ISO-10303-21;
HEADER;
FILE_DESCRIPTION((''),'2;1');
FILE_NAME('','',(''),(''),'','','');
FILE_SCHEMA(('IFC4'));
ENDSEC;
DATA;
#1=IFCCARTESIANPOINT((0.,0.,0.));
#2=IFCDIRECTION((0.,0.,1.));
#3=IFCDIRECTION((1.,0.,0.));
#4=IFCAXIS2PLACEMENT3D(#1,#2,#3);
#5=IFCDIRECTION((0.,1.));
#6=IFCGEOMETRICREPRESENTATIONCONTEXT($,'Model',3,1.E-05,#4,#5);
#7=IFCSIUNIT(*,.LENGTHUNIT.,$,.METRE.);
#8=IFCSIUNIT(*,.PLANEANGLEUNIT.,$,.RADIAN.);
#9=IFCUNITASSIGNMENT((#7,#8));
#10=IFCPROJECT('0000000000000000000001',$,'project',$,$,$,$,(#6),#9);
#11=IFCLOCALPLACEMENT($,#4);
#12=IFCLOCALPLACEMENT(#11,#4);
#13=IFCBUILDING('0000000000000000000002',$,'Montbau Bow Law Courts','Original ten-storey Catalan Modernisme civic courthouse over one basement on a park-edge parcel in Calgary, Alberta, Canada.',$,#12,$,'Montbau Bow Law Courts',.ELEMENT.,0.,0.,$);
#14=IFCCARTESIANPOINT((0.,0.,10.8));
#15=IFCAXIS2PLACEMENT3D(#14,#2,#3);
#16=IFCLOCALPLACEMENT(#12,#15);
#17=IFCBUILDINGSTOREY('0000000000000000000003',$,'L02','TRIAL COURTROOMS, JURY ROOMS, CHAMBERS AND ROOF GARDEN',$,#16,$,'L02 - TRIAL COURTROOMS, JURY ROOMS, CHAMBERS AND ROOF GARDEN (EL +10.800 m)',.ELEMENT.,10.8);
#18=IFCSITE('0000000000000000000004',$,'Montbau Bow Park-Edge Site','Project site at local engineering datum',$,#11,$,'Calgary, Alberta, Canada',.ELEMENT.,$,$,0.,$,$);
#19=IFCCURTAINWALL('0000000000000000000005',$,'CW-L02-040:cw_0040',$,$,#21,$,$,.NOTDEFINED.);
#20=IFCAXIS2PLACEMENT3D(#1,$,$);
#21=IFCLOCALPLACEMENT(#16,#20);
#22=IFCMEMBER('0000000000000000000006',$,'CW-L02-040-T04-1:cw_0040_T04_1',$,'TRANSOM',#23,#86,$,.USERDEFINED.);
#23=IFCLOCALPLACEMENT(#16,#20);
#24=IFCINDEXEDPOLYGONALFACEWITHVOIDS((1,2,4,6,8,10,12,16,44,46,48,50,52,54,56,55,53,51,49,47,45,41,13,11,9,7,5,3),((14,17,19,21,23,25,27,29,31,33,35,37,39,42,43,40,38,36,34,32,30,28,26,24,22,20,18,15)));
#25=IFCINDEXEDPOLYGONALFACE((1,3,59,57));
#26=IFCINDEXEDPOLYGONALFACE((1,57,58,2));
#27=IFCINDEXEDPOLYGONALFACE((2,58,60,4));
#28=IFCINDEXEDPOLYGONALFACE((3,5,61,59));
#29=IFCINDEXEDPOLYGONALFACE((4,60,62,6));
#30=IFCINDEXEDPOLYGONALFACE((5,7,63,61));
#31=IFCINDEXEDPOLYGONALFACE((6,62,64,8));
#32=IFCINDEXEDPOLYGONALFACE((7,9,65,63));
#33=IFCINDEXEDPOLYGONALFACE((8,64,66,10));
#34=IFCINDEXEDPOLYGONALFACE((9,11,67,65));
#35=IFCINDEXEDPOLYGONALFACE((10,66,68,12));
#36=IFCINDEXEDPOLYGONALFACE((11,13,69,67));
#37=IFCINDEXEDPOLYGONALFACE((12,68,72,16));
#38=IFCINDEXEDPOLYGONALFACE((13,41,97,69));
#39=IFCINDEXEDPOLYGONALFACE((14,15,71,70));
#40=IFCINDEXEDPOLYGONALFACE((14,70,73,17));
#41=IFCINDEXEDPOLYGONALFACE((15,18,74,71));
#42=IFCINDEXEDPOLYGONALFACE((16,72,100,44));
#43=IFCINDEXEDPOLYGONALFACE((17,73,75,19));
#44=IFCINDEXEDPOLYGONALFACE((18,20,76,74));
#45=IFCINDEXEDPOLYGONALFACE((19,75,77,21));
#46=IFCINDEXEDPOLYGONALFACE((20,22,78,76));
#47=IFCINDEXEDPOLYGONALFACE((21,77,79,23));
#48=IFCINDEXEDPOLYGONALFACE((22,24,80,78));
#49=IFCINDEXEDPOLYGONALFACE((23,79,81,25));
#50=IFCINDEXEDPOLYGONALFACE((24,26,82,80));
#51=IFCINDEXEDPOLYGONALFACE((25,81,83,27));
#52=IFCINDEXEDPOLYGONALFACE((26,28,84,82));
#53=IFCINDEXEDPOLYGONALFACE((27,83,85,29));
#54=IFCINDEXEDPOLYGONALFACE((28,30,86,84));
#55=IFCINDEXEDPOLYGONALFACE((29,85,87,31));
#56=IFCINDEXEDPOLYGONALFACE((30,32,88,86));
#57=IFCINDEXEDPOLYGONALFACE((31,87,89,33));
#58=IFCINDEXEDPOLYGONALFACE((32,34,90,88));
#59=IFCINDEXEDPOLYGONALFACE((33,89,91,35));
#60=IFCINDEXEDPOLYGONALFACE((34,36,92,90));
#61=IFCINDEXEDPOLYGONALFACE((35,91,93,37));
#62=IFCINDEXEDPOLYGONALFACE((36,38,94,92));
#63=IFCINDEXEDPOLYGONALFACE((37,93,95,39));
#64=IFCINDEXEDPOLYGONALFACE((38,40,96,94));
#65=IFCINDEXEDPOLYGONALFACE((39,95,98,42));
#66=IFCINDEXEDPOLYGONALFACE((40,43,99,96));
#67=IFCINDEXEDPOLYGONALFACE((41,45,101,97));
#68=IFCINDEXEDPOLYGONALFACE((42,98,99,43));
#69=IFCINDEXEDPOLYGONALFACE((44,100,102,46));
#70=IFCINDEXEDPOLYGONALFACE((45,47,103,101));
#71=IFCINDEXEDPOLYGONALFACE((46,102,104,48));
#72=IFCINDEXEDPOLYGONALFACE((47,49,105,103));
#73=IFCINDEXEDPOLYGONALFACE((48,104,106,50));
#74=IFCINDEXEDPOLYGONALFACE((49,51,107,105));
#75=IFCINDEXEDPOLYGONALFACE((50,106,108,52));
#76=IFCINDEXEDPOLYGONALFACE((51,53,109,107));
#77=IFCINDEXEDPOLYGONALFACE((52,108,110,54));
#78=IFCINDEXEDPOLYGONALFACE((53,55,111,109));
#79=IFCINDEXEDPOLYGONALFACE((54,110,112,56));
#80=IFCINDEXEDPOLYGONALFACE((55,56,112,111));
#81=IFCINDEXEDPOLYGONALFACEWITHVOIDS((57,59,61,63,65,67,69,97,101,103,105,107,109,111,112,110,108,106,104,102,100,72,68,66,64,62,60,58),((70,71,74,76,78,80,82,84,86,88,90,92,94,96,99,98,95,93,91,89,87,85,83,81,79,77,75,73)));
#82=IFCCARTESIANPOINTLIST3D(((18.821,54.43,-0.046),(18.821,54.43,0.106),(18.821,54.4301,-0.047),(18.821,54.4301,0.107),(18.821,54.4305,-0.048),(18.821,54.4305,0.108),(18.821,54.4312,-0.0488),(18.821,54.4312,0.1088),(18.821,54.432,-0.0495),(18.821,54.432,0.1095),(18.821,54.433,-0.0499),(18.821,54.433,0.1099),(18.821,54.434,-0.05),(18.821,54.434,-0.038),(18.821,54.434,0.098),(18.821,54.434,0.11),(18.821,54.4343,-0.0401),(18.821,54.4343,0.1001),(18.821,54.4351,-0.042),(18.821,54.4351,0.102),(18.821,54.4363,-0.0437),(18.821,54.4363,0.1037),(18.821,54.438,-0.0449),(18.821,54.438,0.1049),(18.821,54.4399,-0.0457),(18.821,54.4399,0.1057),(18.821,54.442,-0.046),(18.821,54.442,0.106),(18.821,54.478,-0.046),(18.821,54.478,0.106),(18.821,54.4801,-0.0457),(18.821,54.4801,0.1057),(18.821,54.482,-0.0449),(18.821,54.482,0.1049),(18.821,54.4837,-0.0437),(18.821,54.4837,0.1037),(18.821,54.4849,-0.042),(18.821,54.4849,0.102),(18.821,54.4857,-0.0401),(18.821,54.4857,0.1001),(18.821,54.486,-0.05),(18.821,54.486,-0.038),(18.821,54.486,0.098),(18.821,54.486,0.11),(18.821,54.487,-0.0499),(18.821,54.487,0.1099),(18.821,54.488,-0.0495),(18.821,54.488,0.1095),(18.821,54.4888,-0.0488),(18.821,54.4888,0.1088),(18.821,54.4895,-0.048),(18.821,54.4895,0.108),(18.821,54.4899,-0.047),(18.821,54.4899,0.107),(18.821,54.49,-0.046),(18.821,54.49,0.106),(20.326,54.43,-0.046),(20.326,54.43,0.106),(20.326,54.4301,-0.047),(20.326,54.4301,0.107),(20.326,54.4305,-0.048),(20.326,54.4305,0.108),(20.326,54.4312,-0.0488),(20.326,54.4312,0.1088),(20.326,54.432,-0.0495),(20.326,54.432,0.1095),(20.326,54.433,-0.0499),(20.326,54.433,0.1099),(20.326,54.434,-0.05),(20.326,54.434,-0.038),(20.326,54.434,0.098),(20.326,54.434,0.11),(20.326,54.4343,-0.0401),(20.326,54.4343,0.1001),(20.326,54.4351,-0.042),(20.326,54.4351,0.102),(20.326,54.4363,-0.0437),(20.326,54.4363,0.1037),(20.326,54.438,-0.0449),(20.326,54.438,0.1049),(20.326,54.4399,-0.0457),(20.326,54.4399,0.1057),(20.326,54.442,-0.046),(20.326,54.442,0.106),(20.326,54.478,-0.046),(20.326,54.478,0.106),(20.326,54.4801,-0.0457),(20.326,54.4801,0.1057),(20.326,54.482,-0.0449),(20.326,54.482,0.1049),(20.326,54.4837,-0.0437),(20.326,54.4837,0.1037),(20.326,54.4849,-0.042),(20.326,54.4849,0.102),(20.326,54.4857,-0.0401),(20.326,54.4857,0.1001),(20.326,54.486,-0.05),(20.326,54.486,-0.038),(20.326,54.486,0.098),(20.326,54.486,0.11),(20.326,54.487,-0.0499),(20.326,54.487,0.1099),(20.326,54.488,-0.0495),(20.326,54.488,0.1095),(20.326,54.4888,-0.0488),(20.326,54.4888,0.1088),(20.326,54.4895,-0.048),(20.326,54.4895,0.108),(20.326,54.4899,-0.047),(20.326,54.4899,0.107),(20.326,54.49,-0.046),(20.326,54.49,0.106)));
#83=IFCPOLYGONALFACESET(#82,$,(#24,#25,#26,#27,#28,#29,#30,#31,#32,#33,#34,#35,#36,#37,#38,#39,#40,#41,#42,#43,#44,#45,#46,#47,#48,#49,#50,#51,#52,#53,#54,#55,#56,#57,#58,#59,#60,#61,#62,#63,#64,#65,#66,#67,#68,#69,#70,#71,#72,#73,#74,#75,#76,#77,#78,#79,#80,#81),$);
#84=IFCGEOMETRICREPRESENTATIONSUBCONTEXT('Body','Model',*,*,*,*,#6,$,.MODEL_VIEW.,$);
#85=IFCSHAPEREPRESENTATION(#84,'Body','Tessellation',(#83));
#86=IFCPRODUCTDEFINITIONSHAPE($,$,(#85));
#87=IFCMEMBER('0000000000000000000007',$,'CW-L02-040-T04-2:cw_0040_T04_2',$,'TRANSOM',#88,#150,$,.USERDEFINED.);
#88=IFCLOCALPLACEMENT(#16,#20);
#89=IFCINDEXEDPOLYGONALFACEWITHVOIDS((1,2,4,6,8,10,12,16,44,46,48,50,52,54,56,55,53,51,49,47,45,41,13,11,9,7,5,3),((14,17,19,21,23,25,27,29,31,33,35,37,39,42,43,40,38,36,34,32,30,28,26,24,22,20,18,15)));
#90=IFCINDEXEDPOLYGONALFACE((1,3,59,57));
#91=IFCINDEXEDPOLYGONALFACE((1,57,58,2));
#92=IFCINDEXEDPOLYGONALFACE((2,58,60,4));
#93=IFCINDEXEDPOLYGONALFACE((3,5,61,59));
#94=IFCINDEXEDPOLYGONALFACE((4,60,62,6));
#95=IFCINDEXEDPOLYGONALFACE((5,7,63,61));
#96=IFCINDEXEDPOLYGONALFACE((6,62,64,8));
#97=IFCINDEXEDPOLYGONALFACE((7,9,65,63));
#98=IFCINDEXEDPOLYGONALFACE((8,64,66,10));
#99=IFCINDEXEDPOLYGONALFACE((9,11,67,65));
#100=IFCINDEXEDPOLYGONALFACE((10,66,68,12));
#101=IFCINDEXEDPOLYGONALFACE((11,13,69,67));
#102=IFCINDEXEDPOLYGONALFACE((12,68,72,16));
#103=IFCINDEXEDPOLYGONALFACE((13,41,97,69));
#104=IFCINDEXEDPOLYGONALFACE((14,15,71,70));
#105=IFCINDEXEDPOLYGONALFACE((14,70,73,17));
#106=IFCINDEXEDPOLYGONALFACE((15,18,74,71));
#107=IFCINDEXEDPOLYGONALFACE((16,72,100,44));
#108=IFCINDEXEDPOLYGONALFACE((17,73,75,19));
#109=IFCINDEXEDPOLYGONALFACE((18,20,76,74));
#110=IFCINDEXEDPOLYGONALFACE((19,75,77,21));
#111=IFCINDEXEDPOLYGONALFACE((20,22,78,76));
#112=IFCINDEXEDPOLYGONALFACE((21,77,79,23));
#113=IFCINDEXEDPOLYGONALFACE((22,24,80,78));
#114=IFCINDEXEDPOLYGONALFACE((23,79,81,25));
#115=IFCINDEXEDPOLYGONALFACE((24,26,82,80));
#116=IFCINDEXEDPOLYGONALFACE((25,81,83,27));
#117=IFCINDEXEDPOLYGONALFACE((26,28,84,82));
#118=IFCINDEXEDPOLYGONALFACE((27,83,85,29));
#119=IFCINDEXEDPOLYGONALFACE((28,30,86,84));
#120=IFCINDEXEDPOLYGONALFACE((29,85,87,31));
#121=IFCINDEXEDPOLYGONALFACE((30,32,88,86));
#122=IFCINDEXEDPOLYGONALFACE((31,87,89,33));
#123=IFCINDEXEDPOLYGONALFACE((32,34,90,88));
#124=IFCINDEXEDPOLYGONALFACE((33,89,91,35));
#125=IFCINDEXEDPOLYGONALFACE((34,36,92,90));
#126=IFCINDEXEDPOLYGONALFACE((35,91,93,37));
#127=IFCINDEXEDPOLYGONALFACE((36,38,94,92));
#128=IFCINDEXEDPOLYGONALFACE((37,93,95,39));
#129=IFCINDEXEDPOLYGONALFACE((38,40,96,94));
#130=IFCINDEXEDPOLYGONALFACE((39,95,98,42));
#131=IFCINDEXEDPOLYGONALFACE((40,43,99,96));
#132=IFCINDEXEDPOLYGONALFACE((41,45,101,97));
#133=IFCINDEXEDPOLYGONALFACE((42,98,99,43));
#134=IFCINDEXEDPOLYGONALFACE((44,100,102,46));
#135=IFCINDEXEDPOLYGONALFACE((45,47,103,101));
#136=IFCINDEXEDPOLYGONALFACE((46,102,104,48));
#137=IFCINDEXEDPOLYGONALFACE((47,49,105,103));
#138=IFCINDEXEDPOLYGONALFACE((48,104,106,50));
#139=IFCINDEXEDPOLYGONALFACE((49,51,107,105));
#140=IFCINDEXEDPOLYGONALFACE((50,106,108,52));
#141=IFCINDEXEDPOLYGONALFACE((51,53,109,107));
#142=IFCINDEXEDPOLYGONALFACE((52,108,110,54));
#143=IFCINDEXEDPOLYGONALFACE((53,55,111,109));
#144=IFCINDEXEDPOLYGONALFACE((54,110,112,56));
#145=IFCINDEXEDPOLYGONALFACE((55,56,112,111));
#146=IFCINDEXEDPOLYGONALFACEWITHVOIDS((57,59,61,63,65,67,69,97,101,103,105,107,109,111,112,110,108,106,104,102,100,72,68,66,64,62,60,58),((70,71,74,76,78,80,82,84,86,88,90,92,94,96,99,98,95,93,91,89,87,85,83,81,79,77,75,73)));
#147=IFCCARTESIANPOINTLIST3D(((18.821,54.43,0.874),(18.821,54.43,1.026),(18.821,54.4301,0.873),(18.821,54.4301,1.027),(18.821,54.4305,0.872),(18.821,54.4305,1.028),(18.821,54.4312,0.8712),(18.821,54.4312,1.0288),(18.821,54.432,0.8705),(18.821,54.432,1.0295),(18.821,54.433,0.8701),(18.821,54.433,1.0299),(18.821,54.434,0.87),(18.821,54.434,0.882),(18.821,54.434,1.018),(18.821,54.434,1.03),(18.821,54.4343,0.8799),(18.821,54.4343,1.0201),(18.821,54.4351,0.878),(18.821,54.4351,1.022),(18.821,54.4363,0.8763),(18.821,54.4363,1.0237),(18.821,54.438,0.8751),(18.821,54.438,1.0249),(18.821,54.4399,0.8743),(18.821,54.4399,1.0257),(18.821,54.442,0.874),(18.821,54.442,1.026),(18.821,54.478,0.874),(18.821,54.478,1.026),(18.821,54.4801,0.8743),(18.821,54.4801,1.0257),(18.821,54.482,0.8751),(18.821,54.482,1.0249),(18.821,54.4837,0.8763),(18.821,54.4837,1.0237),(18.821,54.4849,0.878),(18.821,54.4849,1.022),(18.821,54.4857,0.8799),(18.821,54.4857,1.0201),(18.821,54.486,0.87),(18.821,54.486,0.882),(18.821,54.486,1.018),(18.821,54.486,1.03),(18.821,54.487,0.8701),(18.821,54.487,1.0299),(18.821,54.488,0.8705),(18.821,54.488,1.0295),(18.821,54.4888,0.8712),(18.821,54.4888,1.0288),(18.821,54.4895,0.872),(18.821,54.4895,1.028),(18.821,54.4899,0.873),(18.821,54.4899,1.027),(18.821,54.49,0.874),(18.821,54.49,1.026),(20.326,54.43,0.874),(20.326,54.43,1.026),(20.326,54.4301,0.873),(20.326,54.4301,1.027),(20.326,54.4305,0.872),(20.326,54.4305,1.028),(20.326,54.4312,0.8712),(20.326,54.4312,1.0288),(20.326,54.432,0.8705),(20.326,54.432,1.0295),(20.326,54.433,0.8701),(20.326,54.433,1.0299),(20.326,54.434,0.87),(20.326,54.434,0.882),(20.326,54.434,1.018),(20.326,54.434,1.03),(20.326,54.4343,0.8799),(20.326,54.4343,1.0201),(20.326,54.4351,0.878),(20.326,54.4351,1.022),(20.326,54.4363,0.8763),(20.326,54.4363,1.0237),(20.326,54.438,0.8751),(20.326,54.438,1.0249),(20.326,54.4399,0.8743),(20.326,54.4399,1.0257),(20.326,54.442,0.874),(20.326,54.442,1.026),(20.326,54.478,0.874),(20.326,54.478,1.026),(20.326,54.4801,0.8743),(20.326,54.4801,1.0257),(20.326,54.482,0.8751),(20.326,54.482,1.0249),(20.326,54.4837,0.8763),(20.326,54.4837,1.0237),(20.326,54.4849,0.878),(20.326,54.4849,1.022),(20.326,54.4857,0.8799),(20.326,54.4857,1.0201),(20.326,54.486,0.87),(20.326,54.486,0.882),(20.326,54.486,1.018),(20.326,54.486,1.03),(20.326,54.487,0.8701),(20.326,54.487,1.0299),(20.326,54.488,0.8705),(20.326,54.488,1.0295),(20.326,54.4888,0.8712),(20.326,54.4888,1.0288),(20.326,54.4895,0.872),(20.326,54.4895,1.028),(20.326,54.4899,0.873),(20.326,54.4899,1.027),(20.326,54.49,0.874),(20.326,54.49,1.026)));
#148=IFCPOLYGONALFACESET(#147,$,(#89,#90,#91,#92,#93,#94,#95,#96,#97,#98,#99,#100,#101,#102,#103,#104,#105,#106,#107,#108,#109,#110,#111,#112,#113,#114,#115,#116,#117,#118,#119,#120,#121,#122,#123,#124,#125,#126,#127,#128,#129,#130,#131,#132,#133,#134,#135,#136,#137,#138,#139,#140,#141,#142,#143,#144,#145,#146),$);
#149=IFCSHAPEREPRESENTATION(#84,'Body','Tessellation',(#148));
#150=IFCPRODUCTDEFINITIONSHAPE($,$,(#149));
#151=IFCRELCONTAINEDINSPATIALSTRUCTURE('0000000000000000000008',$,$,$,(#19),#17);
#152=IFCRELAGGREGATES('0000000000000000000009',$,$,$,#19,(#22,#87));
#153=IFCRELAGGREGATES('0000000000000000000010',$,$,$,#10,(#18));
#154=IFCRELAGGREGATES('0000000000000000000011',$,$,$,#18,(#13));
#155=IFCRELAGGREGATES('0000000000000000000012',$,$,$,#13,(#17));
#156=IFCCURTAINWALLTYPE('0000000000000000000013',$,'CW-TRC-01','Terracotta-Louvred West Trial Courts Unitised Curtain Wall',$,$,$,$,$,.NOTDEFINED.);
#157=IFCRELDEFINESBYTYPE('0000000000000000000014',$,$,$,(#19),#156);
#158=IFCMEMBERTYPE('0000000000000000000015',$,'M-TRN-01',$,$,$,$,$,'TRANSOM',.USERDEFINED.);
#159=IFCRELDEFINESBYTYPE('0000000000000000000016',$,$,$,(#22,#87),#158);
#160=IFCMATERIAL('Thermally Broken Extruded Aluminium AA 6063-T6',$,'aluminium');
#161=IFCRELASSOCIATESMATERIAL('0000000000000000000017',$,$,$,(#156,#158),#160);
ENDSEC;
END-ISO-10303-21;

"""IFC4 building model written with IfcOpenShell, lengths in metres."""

from ifc_helpers import new_model, si_unit, direction, frame, origin_with_axes, origin_2d_with_axis, place, context, subcontext, project, spatial, hollow_rectangle, extrude, material, material_profile, profile_set, type_object, element, aggregate, save


model = new_model("IFC4")

# Units and contexts
model_context = context("Model", 3, precision=1e-05, world=origin_with_axes(), true_north=direction((0.0, 1.0)))
body_context = subcontext(model_context, "Body", "Model", "MODEL_VIEW")
ifc_project = project(units=[si_unit("LENGTHUNIT", "METRE"), si_unit("PLANEANGLEUNIT", "RADIAN")], contexts=[model_context])

# Site, building, storey
site_placement = place(None, origin_with_axes())
site = spatial("IfcSite", under=ifc_project, at=site_placement, Name="Montbau Bow Park-Edge Site", Description="Project site at local engineering datum", LongName="Calgary, Alberta, Canada", CompositionType="ELEMENT", RefElevation=0.0)
building_placement = place(site_placement, origin_with_axes())
building = spatial("IfcBuilding", under=site, at=building_placement, Name="Montbau Bow Law Courts", Description="Original ten-storey Catalan Modernisme civic courthouse over one basement on a park-edge parcel in Calgary, Alberta, Canada.", LongName="Montbau Bow Law Courts", CompositionType="ELEMENT", ElevationOfRefHeight=0.0, ElevationOfTerrain=0.0)
storey_placement = place(building_placement, frame((0.0, 0.0, 10.8), z_axis=(0.0, 0.0, 1.0), x_axis=(1.0, 0.0, 0.0)))
storey = spatial("IfcBuildingStorey", under=building, at=storey_placement, Name="L02", Description="TRIAL COURTROOMS, JURY ROOMS, CHAMBERS AND ROOF GARDEN", LongName="L02 - TRIAL COURTROOMS, JURY ROOMS, CHAMBERS AND ROOF GARDEN (EL +10.800 m)", CompositionType="ELEMENT", Elevation=10.8)

# Curtain wall
ifc_material_1 = material(Name="Thermally Broken Extruded Aluminium AA 6063-T6", Category="aluminium")
curtain_wall_type = type_object("IfcCurtainWallType", Name="CW-TRC-01", Description="Terracotta-Louvred West Trial Courts Unitised Curtain Wall", PredefinedType="NOTDEFINED", material=ifc_material_1)
curtain_wall_1_placement = place(None, frame((14.068, 54.46, 10.8), z_axis=(0.0, 0.0, 1.0), x_axis=(1.0, 0.0, 0.0)))
curtain_wall_1 = element("IfcCurtainWall", 1, at=curtain_wall_1_placement, inside=storey, type_object=curtain_wall_type, Name="CW-L02-040:cw_0040", PredefinedType="NOTDEFINED")

# Members
ifc_material_profile_1 = material_profile(ifc_material_1, hollow_rectangle(XDim=0.06, YDim=0.16, WallThickness=0.004, InnerFilletRadius=0.008, OuterFilletRadius=0.004, at=origin_2d_with_axis()), Name="CWT-160X60", Category="Main", Priority=0)
ifc_profile_set_1 = profile_set([ifc_material_profile_1], Name="Thermally Broken Extruded Aluminium AA 6063-T6")
member_type_1 = type_object("IfcMemberType", Name="M-TRN-01", ElementType="TRANSOM", PredefinedType="USERDEFINED", material=ifc_profile_set_1)
member_1_placement = place(None, frame((18.821, 54.46, 10.83), z_axis=(1.0, 0.0, 0.0), x_axis=(0.0, 1.0, 0.0)))
member_1 = element("IfcMember", 2, at=member_1_placement, type_object=member_type_1, Name="CW-L02-040-T04-1:cw_0040_T04_1", ObjectType="TRANSOM", PredefinedType="USERDEFINED", context=body_context, shape_type="SweptSolid", body=[
    extrude(hollow_rectangle(XDim=0.06, YDim=0.16, WallThickness=0.004, InnerFilletRadius=0.008, OuterFilletRadius=0.004, at=origin_2d_with_axis()), origin_with_axes(), (0.0, 0.0, 1.0), 1.505),
])
member_2_placement = place(None, frame((18.821, 54.46, 11.75), z_axis=(1.0, 0.0, 0.0), x_axis=(0.0, 1.0, 0.0)))
member_2 = element("IfcMember", 3, at=member_2_placement, type_object=member_type_1, Name="CW-L02-040-T04-2:cw_0040_T04_2", ObjectType="TRANSOM", PredefinedType="USERDEFINED", context=body_context, shape_type="SweptSolid", body=[
    extrude(hollow_rectangle(XDim=0.06, YDim=0.16, WallThickness=0.004, InnerFilletRadius=0.008, OuterFilletRadius=0.004, at=origin_2d_with_axis()), origin_with_axes(), (0.0, 0.0, 1.0), 1.505),
])

aggregate(curtain_wall_1, [member_1, member_2])

save(model, "model.ifc")
